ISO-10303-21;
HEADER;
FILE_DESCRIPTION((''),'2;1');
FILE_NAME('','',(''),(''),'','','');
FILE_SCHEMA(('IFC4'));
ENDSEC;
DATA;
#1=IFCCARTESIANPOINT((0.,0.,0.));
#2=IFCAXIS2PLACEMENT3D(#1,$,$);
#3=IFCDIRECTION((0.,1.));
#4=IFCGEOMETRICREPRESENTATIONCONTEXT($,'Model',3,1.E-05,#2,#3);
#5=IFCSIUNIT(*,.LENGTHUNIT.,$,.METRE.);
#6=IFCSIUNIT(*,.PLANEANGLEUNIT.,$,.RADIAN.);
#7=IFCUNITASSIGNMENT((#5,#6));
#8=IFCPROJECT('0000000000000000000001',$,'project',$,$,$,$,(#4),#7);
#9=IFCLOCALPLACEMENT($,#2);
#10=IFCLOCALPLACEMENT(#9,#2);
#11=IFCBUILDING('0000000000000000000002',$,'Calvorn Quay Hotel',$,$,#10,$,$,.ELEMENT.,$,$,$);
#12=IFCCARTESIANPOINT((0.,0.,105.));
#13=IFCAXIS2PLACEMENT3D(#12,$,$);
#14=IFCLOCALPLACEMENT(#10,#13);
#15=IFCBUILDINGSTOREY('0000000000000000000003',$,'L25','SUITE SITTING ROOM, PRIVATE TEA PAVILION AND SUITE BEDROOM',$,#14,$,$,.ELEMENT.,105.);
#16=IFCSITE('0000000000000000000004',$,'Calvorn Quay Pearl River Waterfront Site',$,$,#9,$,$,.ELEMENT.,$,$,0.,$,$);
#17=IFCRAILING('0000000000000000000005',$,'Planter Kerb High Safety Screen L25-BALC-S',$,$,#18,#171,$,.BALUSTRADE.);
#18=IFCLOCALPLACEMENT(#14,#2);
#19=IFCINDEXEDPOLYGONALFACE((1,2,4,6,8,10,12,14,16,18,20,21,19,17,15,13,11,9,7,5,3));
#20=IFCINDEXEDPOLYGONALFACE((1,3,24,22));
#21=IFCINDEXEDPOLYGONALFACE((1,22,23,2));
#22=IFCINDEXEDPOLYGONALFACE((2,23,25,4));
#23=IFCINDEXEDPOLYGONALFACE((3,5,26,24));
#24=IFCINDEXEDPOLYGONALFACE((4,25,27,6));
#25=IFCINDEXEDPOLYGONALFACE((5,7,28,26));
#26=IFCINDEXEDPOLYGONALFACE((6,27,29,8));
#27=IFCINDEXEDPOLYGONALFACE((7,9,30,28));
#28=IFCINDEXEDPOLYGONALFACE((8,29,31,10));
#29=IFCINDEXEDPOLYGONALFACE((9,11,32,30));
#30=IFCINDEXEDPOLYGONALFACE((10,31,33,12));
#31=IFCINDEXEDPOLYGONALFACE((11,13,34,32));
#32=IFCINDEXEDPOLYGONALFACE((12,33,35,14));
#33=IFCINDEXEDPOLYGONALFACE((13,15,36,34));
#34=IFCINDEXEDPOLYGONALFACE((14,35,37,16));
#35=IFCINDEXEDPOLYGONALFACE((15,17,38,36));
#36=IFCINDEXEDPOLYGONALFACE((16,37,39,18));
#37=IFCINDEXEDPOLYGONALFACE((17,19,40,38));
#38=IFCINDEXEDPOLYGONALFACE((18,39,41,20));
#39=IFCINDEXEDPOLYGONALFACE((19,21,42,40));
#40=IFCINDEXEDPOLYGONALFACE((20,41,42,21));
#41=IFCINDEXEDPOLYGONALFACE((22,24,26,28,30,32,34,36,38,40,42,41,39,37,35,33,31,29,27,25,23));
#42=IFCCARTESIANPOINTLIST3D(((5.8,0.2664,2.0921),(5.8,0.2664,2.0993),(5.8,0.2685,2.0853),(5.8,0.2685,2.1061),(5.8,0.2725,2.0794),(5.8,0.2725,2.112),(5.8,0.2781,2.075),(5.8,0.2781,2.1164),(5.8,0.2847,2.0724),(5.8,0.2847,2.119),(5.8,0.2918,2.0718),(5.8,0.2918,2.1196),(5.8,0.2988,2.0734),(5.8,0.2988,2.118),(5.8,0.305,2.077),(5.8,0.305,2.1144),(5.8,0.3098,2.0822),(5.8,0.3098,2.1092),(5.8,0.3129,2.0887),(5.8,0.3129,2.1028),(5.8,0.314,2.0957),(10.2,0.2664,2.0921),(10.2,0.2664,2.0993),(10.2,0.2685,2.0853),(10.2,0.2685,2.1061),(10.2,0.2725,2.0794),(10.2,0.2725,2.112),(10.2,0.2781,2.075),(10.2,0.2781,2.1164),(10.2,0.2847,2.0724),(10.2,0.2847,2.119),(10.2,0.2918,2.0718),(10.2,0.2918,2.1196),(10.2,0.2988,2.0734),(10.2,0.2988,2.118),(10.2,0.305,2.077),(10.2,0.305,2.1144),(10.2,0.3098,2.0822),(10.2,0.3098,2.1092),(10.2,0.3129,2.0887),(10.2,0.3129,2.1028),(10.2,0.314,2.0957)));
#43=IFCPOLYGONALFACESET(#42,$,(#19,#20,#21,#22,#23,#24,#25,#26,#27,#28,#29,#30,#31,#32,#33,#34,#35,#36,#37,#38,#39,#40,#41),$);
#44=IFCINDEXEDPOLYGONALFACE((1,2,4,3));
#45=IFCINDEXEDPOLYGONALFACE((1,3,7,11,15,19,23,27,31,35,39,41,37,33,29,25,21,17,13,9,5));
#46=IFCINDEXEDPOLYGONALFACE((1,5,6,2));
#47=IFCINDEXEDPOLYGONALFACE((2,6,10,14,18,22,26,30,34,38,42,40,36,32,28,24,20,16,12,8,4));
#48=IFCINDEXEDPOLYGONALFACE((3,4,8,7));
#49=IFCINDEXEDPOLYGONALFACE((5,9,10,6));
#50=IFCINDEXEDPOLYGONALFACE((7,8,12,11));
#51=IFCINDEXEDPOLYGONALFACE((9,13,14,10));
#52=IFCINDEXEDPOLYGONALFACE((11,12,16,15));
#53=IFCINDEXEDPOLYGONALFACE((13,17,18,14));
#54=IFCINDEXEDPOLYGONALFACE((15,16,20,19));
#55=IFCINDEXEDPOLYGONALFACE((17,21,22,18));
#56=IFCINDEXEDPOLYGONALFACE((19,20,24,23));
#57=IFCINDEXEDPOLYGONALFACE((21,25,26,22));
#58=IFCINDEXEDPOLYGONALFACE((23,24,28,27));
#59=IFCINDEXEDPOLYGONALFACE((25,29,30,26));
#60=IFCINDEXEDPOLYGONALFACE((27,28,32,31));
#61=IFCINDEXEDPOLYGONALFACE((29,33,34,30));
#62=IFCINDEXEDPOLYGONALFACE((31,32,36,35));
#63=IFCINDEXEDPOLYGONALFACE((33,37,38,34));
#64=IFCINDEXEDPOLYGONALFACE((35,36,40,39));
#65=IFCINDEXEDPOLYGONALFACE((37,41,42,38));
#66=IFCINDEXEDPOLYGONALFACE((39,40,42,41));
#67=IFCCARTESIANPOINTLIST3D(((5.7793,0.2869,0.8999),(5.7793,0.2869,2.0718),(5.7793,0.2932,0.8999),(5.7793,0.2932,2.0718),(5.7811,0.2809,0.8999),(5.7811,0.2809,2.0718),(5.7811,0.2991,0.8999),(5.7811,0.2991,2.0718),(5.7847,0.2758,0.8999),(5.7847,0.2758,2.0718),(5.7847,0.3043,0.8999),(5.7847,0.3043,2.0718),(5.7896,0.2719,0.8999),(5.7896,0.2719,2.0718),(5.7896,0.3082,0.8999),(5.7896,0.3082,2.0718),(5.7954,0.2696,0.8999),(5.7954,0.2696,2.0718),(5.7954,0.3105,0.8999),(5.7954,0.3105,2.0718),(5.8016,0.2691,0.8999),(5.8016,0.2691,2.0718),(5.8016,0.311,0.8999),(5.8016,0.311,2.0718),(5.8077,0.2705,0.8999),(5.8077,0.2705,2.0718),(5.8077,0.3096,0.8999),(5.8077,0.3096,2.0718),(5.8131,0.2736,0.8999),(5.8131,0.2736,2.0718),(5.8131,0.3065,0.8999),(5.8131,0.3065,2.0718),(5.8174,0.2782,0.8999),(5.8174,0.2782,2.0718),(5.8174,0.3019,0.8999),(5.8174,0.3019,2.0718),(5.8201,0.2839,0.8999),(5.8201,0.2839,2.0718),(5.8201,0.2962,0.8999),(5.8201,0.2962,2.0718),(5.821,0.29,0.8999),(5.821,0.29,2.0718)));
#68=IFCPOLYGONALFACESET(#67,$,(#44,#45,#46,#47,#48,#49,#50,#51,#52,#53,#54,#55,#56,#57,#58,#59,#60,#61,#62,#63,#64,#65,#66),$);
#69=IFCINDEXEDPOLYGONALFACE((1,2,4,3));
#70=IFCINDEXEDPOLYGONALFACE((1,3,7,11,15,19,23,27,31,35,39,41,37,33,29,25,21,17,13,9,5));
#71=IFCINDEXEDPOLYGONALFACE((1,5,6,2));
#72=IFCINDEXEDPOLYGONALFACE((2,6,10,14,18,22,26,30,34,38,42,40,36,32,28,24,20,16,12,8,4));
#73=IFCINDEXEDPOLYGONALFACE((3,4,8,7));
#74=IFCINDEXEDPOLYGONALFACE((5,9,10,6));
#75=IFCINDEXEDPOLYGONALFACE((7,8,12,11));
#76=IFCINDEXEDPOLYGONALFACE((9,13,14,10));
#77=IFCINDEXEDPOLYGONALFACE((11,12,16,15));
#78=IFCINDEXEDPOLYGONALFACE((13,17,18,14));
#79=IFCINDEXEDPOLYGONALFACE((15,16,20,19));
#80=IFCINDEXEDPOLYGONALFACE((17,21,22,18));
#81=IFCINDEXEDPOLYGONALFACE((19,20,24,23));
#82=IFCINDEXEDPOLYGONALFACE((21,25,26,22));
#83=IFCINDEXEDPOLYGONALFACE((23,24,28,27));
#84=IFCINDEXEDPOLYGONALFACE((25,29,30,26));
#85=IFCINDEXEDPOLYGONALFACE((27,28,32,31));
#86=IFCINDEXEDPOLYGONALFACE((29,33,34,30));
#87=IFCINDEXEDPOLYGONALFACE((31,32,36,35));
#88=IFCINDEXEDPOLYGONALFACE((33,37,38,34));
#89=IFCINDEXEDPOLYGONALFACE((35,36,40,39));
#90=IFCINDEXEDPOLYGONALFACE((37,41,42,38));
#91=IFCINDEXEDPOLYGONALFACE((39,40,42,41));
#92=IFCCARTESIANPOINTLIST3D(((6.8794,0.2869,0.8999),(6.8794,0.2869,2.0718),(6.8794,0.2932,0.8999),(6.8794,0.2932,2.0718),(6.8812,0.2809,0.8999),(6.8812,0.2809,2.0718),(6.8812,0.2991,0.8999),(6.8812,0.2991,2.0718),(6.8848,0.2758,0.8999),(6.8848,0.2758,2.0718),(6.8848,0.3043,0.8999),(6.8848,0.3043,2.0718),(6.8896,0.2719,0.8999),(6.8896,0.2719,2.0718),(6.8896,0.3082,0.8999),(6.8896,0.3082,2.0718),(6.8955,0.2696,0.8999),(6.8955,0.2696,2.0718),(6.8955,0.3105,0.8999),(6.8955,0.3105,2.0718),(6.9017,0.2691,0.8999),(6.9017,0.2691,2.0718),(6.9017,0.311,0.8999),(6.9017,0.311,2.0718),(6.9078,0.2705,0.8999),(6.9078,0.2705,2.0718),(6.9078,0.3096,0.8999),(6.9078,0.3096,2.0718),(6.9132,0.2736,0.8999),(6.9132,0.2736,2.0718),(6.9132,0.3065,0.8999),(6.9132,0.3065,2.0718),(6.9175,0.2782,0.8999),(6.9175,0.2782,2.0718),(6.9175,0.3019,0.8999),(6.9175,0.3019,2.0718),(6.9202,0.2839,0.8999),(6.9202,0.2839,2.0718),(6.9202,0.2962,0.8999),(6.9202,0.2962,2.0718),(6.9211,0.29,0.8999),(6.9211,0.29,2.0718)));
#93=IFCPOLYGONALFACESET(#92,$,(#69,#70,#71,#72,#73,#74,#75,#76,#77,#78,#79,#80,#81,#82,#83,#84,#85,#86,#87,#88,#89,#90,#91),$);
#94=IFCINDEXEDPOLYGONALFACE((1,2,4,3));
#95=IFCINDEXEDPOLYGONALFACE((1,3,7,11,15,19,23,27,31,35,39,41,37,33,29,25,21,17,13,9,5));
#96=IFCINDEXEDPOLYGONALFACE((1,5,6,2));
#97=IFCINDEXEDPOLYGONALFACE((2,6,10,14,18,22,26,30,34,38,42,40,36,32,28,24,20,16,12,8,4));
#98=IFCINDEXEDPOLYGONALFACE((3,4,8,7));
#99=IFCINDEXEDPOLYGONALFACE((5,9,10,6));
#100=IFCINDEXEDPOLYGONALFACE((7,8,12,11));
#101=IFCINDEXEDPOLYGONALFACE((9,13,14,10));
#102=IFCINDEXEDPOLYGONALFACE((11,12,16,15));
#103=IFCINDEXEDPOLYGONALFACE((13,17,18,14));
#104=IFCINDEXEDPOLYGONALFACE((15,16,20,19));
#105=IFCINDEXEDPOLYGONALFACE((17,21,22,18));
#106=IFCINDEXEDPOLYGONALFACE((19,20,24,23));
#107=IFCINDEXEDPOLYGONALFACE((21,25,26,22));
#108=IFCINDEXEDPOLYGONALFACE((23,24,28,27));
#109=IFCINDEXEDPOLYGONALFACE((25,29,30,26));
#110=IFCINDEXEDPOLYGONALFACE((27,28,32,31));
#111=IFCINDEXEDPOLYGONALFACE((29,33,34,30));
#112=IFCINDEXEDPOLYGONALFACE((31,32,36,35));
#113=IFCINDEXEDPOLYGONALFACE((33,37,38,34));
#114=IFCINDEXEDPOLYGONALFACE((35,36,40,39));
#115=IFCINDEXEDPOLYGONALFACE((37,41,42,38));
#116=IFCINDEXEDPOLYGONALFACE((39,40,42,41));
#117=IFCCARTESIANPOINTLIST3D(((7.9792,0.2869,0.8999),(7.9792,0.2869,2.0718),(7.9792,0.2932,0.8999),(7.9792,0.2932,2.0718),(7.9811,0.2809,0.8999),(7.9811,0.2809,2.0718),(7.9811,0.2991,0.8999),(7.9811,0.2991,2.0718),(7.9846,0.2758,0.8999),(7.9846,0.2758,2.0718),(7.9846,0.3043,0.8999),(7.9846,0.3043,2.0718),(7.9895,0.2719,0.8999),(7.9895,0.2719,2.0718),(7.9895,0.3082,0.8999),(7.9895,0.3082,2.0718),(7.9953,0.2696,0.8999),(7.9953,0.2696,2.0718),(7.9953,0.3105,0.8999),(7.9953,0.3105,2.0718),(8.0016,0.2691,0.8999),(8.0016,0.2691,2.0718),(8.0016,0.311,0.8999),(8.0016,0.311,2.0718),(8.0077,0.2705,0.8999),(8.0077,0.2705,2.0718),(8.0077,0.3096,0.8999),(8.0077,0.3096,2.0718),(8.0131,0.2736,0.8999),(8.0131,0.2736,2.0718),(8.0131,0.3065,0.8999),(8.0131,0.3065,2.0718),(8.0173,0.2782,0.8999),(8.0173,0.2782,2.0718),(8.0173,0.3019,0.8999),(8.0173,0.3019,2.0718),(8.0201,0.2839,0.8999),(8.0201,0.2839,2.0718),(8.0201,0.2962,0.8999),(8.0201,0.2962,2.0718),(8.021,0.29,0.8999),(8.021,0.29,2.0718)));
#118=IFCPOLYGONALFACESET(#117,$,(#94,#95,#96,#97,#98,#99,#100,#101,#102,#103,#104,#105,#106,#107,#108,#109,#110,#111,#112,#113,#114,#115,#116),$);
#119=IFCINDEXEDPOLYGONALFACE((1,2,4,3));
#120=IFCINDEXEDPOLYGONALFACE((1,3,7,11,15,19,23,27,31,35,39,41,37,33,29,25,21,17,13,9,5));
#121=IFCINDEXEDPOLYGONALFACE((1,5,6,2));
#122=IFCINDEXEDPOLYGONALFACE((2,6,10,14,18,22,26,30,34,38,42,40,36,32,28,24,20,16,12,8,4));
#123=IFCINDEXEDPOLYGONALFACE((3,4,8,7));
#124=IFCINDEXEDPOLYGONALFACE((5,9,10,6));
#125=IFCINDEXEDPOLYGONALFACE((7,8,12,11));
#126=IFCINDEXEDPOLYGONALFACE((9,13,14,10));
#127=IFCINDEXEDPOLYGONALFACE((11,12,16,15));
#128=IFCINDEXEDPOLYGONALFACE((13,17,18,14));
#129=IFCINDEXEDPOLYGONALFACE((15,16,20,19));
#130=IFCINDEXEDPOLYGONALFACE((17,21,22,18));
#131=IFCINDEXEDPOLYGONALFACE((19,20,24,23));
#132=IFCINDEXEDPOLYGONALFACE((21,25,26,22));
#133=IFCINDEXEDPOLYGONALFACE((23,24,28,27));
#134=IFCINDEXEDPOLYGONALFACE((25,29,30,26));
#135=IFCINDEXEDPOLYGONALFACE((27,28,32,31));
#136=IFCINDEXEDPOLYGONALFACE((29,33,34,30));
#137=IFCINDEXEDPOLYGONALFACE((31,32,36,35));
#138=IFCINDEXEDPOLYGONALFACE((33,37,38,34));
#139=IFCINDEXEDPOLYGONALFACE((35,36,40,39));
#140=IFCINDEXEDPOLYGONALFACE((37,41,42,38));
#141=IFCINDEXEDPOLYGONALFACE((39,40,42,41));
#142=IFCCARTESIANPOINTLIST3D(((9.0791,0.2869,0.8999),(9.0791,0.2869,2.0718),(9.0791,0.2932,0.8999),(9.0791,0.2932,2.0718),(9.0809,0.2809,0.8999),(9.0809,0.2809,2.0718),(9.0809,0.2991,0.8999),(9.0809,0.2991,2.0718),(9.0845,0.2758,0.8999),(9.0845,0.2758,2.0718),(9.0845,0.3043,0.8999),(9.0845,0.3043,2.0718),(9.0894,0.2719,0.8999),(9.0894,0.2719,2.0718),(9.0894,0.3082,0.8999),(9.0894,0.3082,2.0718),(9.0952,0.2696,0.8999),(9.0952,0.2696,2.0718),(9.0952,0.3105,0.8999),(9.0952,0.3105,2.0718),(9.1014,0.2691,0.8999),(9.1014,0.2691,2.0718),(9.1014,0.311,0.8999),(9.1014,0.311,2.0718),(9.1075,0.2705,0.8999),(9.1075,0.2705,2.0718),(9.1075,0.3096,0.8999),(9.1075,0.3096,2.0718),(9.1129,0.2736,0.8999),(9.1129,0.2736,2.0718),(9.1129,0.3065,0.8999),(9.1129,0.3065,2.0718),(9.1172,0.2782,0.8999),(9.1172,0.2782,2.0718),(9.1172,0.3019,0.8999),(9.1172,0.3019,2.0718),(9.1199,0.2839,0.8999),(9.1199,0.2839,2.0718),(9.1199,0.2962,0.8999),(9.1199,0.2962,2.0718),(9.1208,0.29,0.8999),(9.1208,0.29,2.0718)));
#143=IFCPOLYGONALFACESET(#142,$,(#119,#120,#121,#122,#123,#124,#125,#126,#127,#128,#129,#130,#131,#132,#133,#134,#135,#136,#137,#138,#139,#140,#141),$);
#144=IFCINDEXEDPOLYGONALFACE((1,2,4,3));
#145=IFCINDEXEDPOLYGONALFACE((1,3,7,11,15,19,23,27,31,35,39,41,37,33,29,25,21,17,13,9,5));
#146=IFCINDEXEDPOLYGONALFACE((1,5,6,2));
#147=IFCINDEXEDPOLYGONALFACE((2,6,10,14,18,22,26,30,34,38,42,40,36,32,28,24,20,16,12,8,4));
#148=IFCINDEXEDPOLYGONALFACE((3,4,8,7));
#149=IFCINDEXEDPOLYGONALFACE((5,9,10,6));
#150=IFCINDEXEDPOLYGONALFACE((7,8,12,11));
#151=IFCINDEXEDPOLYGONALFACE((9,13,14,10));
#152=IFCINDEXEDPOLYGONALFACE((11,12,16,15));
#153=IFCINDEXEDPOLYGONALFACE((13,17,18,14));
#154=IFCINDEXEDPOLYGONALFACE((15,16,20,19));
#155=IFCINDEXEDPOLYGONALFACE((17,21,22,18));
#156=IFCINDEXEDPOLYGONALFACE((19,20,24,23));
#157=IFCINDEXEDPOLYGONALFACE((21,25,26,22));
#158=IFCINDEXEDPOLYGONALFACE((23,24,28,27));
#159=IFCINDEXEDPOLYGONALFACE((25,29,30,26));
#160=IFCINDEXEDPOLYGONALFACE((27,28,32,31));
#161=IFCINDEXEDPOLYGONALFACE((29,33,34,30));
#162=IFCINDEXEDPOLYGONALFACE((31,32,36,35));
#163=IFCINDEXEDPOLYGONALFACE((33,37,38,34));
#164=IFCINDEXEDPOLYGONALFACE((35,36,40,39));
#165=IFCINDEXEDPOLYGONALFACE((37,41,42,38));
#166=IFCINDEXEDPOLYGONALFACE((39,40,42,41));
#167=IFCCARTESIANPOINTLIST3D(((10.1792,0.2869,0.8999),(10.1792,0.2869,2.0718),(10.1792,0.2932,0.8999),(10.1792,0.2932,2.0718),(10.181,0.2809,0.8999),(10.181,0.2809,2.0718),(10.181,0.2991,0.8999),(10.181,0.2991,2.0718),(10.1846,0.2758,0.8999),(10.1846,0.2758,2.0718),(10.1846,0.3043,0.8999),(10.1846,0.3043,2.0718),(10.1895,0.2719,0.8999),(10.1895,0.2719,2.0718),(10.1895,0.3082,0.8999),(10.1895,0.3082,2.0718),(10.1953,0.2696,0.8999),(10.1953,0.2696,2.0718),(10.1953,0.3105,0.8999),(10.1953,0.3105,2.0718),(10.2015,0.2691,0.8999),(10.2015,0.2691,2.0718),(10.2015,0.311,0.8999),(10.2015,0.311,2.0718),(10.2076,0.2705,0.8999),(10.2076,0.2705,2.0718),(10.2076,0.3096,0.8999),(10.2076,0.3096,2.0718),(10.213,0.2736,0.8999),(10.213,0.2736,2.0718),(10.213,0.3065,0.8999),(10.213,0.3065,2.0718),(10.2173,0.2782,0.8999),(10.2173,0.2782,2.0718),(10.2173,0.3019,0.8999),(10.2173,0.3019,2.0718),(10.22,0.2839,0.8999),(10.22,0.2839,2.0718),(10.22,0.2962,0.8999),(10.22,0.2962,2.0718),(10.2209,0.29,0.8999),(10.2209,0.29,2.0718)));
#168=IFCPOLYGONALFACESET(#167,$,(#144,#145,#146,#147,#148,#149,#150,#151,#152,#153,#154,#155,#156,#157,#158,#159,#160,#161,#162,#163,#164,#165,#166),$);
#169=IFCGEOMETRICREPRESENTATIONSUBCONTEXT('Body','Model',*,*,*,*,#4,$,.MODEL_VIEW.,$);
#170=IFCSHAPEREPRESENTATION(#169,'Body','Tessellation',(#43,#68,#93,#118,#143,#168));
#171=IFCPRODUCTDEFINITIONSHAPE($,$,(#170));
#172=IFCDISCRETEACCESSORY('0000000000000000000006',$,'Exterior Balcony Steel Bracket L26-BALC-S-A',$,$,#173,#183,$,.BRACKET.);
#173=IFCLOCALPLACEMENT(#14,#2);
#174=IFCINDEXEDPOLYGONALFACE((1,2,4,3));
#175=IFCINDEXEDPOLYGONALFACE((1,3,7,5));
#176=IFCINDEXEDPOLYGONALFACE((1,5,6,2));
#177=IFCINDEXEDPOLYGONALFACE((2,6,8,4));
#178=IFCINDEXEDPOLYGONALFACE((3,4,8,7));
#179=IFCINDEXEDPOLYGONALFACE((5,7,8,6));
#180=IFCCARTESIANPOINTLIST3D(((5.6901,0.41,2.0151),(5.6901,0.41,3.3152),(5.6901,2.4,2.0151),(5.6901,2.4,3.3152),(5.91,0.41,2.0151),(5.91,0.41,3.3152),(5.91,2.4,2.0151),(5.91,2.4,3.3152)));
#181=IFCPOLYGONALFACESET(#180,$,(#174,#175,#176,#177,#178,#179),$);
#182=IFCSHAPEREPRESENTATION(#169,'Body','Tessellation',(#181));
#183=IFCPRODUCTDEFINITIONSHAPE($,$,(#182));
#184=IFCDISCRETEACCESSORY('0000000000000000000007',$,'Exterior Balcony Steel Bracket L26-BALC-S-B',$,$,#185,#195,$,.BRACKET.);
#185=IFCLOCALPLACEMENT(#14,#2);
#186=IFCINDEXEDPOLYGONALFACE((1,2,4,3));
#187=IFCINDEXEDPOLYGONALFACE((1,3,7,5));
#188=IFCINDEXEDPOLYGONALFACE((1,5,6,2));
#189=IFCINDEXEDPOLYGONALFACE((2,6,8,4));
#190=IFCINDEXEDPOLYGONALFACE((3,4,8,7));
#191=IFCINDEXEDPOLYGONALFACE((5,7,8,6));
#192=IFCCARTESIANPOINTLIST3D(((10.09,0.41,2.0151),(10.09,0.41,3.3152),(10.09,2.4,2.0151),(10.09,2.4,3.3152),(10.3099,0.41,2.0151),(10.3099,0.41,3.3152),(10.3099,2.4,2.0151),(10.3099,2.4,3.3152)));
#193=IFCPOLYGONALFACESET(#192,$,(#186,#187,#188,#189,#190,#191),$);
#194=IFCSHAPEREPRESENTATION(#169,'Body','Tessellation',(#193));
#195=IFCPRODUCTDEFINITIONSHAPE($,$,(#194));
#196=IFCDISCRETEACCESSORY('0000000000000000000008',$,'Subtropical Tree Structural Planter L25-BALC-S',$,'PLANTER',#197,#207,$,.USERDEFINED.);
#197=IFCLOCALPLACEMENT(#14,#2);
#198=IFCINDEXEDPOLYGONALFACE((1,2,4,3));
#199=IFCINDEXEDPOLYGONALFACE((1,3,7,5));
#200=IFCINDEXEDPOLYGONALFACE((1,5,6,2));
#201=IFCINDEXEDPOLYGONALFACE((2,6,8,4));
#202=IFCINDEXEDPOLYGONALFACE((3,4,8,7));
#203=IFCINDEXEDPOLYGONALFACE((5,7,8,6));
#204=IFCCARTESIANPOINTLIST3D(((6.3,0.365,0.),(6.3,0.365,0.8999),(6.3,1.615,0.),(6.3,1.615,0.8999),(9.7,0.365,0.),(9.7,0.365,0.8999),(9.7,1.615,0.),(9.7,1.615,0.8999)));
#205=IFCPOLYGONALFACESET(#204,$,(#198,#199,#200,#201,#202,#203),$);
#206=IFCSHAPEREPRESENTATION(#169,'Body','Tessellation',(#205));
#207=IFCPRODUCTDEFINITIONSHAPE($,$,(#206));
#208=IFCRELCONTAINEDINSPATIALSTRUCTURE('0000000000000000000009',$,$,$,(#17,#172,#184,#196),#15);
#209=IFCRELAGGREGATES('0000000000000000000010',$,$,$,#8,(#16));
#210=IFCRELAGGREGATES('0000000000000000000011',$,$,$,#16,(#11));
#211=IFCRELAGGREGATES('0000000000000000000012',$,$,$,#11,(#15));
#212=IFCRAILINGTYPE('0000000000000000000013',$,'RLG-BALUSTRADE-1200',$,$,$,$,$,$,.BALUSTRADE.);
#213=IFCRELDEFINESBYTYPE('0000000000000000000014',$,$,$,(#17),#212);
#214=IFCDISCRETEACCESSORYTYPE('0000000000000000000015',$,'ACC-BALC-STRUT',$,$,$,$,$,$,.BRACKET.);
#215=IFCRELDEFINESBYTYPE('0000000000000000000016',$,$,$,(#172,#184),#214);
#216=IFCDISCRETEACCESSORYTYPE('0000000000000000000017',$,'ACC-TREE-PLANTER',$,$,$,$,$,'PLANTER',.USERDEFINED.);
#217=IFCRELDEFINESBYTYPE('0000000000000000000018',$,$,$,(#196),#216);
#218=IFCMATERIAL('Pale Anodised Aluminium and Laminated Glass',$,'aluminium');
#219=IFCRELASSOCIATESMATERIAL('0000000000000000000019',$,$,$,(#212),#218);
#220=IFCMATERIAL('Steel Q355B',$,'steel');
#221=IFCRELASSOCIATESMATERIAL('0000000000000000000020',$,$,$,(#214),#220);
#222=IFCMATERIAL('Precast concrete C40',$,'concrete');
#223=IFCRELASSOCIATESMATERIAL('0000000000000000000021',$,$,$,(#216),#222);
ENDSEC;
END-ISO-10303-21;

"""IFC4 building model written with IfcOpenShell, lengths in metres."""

from ifc_helpers import new_model, si_unit, direction, frame, origin, origin_2d, place, context, subcontext, project, spatial, rectangle, circle, extrude, material, type_object, element, save


model = new_model("IFC4")

# Units and contexts
model_context = context("Model", 3, precision=1e-05, world=origin(), true_north=direction((0.0, 1.0)))
body_context = subcontext(model_context, "Body", "Model", "MODEL_VIEW")
ifc_project = project(units=[si_unit("LENGTHUNIT", "METRE"), si_unit("PLANEANGLEUNIT", "RADIAN")], contexts=[model_context])

# Site, building, storey
site_placement = place(None, origin())
site = spatial("IfcSite", under=ifc_project, at=site_placement, Name="Calvorn Quay Pearl River Waterfront Site", CompositionType="ELEMENT", RefElevation=0.0)
building_placement = place(site_placement, origin())
building = spatial("IfcBuilding", under=site, at=building_placement, Name="Calvorn Quay Hotel", CompositionType="ELEMENT")
storey_placement = place(building_placement, frame((0.0, 0.0, 105.0)))
storey = spatial("IfcBuildingStorey", under=building, at=storey_placement, Name="L25", Description="SUITE SITTING ROOM, PRIVATE TEA PAVILION AND SUITE BEDROOM", CompositionType="ELEMENT", Elevation=105.0)

# Railing
ifc_material_1 = material(Name="Pale Anodised Aluminium and Laminated Glass", Category="aluminium")
railing_type = type_object("IfcRailingType", Name="RLG-BALUSTRADE-1200", PredefinedType="BALUSTRADE", material=ifc_material_1)
railing_1_placement = place(storey_placement, frame((5.8, 0.29, 0.8999)))
element("IfcRailing", 1, at=railing_1_placement, inside=storey, type_object=railing_type, Name="Planter Kerb High Safety Screen L25-BALC-S", PredefinedType="BALUSTRADE", context=body_context, shape_type="SweptSolid", body=[
    extrude(circle(Radius=0.0239, at=origin_2d()), frame((0.0, 0.0, 1.1958), z_axis=(1.0, 0.0, 0.0), x_axis=(0.0, 1.0, 0.0)), (0.0, 0.0, 1.0), 4.3999),
    extrude(circle(Radius=0.021, at=origin_2d()), origin(), (0.0, 0.0, 1.0), 1.1719),
    extrude(circle(Radius=0.021, at=origin_2d()), frame((1.1001, 0.0, 0.0)), (0.0, 0.0, 1.0), 1.1719),
    extrude(circle(Radius=0.021, at=origin_2d()), frame((2.2, 0.0, 0.0)), (0.0, 0.0, 1.0), 1.1719),
    extrude(circle(Radius=0.021, at=origin_2d()), frame((3.2998, 0.0, 0.0)), (0.0, 0.0, 1.0), 1.1719),
    extrude(circle(Radius=0.021, at=origin_2d()), frame((4.3999, 0.0, 0.0)), (0.0, 0.0, 1.0), 1.1719),
])

# Discrete accessories
ifc_material_2 = material(Name="Steel Q355B", Category="steel")
discrete_accessory_type_1 = type_object("IfcDiscreteAccessoryType", Name="ACC-BALC-STRUT", PredefinedType="BRACKET", material=ifc_material_2)
for number, where, z_axis, x_axis, name in (
    (2, (5.8, 1.405, 2.0151), (0.0, 0.0, 1.0), (1.0, 0.0, 0.0), "Exterior Balcony Steel Bracket L26-BALC-S-A"),
    (3, (10.2, 1.405, 2.0151), (0.0, 0.0, 1.0), (1.0, 0.0, 0.0), "Exterior Balcony Steel Bracket L26-BALC-S-B"),
):
    element("IfcDiscreteAccessory", number, at=place(storey_placement, frame(where, z_axis=z_axis, x_axis=x_axis)), inside=storey, type_object=discrete_accessory_type_1, Name=name, PredefinedType="BRACKET", context=body_context, shape_type="SweptSolid", body=[
        extrude(rectangle(XDim=0.22, YDim=1.99, at=origin_2d()), origin(), (0.0, 0.0, 1.0), 1.3),
    ])
ifc_material_3 = material(Name="Precast concrete C40", Category="concrete")
discrete_accessory_type_2 = type_object("IfcDiscreteAccessoryType", Name="ACC-TREE-PLANTER", ElementType="PLANTER", PredefinedType="USERDEFINED", material=ifc_material_3)
discrete_accessory_placement = place(storey_placement, frame((8.0, 0.99, 0.0), z_axis=(0.0, 0.0, 1.0), x_axis=(1.0, 0.0, 0.0)))
element("IfcDiscreteAccessory", 4, at=discrete_accessory_placement, inside=storey, type_object=discrete_accessory_type_2, Name="Subtropical Tree Structural Planter L25-BALC-S", ObjectType="PLANTER", PredefinedType="USERDEFINED", context=body_context, shape_type="SweptSolid", body=[
    extrude(rectangle(XDim=3.3999, YDim=1.25, at=origin_2d()), origin(), (0.0, 0.0, 1.0), 0.8999),
])

save(model, "model.ifc")
